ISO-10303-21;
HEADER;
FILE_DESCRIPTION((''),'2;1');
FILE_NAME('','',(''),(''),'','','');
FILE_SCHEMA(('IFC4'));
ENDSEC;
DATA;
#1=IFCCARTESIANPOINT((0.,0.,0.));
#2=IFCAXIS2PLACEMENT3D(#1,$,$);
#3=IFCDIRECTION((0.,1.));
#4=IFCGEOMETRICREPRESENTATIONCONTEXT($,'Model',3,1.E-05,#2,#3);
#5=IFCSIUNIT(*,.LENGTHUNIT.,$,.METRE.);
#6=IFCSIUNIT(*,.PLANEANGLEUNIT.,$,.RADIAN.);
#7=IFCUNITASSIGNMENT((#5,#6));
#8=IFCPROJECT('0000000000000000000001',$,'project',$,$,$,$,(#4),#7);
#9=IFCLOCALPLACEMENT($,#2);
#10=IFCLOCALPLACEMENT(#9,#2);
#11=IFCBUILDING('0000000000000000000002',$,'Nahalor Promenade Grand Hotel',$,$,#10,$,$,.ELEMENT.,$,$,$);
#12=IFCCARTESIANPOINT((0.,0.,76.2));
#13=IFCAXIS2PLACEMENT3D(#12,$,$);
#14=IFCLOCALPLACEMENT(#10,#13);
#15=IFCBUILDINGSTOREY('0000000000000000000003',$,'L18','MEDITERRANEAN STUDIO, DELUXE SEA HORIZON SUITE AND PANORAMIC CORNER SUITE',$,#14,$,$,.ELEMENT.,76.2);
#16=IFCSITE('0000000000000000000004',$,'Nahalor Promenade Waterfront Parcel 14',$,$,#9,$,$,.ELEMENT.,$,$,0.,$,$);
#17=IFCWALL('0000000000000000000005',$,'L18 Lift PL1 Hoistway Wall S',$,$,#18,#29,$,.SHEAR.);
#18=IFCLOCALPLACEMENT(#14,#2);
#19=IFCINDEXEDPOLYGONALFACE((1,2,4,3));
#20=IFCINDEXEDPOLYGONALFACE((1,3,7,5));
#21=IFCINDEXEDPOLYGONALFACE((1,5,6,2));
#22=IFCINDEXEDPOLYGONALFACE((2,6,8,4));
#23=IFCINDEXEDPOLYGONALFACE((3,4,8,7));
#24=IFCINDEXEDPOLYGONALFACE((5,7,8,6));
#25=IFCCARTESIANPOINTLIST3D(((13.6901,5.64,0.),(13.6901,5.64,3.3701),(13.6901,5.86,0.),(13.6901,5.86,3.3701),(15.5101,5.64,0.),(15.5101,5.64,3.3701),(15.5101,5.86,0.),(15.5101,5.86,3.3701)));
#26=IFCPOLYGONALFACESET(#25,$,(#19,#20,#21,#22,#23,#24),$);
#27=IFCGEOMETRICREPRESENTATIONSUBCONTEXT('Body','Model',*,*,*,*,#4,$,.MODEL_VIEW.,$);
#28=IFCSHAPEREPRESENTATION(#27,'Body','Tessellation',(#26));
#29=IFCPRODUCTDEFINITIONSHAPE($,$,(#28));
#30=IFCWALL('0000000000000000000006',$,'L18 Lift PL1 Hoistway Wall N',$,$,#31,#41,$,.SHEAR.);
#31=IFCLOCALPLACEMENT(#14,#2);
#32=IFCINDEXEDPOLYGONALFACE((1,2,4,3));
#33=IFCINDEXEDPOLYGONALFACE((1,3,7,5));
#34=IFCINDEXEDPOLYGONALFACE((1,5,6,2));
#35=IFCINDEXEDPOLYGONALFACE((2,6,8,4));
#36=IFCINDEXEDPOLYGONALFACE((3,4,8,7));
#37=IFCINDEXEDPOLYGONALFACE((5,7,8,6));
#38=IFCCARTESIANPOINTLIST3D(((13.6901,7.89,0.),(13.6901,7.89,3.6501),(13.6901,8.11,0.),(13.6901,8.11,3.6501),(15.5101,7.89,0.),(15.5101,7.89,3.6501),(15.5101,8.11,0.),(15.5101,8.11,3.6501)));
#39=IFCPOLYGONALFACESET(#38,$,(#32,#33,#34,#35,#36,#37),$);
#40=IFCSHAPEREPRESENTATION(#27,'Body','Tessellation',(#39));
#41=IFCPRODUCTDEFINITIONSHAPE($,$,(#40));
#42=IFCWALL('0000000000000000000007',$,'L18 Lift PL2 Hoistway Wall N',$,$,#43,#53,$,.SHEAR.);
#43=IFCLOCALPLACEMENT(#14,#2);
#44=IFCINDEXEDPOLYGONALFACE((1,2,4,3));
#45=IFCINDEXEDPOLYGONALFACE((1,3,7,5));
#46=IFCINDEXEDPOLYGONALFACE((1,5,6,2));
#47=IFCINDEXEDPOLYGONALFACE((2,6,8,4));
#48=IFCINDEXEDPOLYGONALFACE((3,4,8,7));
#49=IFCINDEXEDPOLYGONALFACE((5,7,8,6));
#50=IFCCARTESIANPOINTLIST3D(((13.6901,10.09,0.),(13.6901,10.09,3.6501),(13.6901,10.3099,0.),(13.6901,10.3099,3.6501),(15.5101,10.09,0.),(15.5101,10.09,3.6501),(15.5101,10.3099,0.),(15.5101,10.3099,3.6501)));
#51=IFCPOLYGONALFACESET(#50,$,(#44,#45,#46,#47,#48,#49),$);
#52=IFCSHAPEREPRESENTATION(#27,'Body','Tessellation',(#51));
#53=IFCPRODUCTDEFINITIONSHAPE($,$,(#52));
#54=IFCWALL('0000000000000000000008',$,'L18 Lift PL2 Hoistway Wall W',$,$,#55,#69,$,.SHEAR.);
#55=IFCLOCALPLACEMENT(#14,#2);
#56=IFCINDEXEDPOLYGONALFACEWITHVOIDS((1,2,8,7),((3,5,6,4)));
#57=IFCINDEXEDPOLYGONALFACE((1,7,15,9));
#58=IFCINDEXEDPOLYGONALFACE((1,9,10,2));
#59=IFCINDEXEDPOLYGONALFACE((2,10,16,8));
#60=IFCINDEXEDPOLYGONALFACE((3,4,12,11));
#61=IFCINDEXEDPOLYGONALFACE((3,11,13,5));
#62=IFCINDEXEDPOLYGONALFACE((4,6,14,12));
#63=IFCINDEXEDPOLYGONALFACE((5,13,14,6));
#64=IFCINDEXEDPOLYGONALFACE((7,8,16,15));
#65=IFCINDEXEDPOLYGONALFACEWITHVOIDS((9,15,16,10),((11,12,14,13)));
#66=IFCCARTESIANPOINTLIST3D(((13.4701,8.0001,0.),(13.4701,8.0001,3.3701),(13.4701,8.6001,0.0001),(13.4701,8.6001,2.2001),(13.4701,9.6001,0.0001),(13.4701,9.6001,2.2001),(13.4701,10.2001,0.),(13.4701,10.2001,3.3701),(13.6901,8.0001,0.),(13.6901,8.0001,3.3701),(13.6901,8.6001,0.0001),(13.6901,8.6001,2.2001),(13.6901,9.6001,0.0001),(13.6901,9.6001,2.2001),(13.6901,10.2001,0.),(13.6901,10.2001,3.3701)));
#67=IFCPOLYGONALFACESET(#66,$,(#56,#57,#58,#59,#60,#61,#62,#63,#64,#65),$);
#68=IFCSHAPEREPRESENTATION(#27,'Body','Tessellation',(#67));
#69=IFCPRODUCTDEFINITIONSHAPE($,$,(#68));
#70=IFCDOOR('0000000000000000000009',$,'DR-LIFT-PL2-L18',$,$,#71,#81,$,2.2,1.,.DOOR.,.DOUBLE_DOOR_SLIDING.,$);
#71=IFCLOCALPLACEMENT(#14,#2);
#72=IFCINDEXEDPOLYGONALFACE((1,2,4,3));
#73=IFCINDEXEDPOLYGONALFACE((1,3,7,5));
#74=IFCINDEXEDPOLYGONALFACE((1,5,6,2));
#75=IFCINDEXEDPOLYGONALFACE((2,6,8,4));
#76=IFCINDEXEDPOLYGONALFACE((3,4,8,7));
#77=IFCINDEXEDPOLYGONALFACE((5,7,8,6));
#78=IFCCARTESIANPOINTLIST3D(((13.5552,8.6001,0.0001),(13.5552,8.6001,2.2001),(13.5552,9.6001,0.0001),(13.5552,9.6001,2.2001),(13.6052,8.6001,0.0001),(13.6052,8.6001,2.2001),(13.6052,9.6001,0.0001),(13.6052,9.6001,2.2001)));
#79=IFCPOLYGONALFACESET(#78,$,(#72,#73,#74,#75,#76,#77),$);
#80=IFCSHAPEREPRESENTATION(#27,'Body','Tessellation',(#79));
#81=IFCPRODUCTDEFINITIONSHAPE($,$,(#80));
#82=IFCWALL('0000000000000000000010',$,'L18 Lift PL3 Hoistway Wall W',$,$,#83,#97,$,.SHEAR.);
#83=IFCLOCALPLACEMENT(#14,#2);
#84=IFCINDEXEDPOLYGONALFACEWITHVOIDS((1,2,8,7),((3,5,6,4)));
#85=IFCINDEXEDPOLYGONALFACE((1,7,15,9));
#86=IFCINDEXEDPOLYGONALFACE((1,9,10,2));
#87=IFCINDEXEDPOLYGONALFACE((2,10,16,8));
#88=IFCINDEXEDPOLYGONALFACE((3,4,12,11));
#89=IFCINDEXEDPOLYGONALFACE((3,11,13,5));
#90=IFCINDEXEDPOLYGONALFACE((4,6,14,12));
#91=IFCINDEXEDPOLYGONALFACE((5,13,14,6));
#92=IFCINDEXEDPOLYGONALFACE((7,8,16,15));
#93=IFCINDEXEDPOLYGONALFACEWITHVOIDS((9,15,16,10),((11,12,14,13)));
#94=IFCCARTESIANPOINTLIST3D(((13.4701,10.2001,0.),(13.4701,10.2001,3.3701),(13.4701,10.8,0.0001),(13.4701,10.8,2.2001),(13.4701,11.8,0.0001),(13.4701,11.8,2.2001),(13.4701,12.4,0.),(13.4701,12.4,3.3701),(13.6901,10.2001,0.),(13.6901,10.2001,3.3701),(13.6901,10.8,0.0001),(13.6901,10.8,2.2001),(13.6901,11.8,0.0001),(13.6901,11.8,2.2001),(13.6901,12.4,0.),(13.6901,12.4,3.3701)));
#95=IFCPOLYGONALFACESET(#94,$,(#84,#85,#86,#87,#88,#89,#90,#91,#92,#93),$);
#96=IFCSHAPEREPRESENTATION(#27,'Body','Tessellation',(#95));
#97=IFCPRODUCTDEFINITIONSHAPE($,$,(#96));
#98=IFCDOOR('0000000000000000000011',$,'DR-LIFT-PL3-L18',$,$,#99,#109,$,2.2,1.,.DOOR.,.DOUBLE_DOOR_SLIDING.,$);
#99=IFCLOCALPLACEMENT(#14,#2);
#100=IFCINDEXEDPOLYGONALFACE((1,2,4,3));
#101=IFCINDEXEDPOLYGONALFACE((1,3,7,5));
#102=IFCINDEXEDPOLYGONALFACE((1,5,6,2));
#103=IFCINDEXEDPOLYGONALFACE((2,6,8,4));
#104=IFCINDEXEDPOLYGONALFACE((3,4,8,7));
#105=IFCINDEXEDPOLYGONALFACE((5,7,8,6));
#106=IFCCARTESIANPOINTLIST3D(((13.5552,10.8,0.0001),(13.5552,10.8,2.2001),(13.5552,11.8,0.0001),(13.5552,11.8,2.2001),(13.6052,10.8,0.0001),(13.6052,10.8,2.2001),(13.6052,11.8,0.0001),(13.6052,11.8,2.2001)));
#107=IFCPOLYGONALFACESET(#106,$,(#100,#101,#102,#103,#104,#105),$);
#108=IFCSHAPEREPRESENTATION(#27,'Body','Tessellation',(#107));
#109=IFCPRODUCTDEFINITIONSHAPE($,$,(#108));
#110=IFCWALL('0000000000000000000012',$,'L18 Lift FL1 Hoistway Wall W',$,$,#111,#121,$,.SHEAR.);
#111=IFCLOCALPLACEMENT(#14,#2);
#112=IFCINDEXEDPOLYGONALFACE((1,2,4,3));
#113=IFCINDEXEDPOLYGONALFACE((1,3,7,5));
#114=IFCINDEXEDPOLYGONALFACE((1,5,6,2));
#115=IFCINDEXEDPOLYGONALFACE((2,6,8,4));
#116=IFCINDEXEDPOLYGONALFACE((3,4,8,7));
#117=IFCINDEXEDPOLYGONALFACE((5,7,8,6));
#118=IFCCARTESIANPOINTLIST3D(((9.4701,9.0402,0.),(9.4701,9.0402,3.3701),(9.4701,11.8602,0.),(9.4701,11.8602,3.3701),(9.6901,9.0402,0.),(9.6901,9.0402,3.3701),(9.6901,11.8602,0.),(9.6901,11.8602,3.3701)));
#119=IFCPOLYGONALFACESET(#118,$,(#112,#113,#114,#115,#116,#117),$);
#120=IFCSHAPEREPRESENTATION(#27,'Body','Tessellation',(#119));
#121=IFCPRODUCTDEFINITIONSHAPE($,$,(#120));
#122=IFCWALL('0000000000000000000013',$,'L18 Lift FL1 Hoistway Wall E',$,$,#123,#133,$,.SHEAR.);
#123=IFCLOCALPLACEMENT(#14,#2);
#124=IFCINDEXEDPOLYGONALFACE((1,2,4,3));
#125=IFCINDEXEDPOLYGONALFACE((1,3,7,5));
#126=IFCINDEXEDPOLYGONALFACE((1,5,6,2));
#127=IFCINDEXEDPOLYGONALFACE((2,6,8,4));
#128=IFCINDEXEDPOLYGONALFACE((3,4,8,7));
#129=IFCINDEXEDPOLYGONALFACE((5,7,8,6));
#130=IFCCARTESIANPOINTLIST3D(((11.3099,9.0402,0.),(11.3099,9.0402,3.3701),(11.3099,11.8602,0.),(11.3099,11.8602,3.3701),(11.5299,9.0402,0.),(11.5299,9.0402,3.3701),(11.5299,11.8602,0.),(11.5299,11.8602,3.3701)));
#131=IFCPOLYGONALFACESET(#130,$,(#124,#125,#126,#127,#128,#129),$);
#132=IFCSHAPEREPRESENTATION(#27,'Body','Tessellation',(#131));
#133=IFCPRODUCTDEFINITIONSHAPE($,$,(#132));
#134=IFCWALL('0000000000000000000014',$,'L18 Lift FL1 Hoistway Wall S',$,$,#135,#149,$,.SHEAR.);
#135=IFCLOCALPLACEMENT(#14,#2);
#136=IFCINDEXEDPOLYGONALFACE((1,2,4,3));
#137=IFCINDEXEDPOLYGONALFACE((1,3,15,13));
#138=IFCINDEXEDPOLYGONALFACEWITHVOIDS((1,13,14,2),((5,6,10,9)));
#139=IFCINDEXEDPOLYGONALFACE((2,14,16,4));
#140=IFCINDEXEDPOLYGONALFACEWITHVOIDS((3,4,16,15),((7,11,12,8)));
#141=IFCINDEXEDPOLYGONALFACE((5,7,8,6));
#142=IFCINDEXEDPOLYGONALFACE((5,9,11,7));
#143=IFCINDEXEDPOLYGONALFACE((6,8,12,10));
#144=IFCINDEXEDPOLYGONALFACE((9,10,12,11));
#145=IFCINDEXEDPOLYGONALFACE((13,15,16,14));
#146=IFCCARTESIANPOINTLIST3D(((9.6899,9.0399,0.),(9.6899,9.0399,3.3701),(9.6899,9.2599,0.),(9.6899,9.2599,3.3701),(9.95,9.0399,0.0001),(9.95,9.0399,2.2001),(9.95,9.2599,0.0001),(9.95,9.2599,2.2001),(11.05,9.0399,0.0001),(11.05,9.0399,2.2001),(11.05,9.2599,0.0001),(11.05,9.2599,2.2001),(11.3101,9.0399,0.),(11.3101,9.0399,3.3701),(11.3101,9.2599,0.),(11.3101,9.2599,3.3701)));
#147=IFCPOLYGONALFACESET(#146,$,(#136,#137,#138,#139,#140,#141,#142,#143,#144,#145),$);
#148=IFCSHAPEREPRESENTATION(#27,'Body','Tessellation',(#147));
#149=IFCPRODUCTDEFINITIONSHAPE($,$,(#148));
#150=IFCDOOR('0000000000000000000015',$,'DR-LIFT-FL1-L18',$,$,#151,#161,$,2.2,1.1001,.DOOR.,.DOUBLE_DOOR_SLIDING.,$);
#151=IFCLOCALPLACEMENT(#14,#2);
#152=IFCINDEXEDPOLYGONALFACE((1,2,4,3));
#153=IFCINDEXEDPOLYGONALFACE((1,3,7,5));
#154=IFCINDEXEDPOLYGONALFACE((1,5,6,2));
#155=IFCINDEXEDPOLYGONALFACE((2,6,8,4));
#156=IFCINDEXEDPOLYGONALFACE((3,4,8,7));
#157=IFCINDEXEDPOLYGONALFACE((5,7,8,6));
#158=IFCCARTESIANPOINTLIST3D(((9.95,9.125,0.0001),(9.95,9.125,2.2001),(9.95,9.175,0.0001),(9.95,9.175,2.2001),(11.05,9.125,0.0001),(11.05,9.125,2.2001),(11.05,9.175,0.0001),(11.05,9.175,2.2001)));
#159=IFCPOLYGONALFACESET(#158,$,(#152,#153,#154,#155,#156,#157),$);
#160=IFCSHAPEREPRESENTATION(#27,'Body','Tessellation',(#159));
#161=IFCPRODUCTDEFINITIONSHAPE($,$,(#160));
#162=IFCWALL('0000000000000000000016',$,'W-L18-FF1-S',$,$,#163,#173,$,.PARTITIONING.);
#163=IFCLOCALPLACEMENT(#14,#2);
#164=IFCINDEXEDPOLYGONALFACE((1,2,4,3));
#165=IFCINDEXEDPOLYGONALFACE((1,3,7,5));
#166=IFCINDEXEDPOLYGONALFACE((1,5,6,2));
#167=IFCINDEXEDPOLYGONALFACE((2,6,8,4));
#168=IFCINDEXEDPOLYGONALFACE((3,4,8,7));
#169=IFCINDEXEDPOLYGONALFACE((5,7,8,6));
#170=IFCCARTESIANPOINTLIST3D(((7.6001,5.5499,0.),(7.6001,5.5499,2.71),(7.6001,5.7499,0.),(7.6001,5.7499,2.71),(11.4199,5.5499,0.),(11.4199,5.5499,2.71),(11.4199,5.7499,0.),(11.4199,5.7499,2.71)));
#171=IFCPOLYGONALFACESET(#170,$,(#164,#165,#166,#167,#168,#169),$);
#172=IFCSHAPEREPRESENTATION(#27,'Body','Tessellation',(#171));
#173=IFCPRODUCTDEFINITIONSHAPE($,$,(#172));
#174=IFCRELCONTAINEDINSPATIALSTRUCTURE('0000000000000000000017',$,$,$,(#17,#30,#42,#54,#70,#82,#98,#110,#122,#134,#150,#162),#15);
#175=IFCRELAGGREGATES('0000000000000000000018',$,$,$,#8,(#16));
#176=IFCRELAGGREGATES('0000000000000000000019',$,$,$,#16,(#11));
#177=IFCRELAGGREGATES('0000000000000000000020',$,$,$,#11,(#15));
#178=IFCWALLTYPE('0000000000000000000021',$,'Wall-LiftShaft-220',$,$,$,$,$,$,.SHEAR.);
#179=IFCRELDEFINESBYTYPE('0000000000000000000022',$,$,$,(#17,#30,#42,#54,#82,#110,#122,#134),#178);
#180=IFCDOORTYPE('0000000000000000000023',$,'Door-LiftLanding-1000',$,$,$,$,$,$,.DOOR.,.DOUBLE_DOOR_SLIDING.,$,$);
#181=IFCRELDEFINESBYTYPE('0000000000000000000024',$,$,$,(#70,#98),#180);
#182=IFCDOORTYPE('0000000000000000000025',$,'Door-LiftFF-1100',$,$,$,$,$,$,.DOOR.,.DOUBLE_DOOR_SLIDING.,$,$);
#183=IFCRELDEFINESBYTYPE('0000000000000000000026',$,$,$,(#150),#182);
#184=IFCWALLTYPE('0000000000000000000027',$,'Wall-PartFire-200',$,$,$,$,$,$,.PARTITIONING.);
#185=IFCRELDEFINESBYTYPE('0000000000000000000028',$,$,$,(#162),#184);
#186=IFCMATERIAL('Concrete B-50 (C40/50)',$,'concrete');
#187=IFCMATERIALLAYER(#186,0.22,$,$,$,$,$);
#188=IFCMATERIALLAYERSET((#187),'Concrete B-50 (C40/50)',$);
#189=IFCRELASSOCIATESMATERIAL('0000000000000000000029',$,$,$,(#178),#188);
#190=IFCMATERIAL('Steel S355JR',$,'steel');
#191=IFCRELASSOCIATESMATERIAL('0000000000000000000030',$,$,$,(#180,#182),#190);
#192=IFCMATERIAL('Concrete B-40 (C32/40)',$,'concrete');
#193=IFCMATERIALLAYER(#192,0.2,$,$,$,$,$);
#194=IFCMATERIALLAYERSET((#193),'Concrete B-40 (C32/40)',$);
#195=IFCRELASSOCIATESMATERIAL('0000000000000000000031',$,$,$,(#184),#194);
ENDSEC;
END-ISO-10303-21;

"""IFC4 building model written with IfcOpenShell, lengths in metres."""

from ifc_helpers import new_model, si_unit, direction, frame, frame_2d, origin, place, context, subcontext, project, spatial, rectangle, extrude, source, transform, mapped, material, layer, layer_set, type_object, element, fill, save


model = new_model("IFC4")

# Units and contexts
model_context = context("Model", 3, precision=1e-05, world=origin(), true_north=direction((0.0, 1.0)))
body_context = subcontext(model_context, "Body", "Model", "MODEL_VIEW")
ifc_project = project(units=[si_unit("LENGTHUNIT", "METRE"), si_unit("PLANEANGLEUNIT", "RADIAN")], contexts=[model_context])

# Site, building, storey
site_placement = place(None, origin())
site = spatial("IfcSite", under=ifc_project, at=site_placement, Name="Nahalor Promenade Waterfront Parcel 14", CompositionType="ELEMENT", RefElevation=0.0)
building_placement = place(site_placement, origin())
building = spatial("IfcBuilding", under=site, at=building_placement, Name="Nahalor Promenade Grand Hotel", CompositionType="ELEMENT")
storey_placement = place(building_placement, frame((0.0, 0.0, 76.2)))
storey = spatial("IfcBuildingStorey", under=building, at=storey_placement, Name="L18", Description="MEDITERRANEAN STUDIO, DELUXE SEA HORIZON SUITE AND PANORAMIC CORNER SUITE", CompositionType="ELEMENT", Elevation=76.2)

# Shared definitions
ifc_material_1 = material(Name="Steel S355JR", Category="steel")

# Shared definitions
ifc_material_2 = material(Name="Concrete B-50 (C40/50)", Category="concrete")

# Shared definitions
ifc_layer_1 = layer(ifc_material_2, 0.22)
ifc_layer_set_1 = layer_set([ifc_layer_1], Name="Concrete B-50 (C40/50)")
wall_type_1 = type_object("IfcWallType", Name="Wall-LiftShaft-220", PredefinedType="SHEAR", material=ifc_layer_set_1)
door_type_1 = type_object("IfcDoorType", Name="Door-LiftLanding-1000", OperationType="DOUBLE_DOOR_SLIDING", PredefinedType="DOOR", material=ifc_material_1)
shared_shape_1 = source(origin(), body_context, "Body", "SweptSolid", [
    extrude(rectangle(XDim=1.0, YDim=2.2, at=frame_2d((0.5, 1.1001))), frame((0.0, 0.0249, 0.0), z_axis=(0.0, -1.0, 0.0), x_axis=(1.0, 0.0, 0.0)), (0.0, 0.0, 1.0), 0.05),
])

# Walls
shared_shape_2 = source(origin(), body_context, "Body", "SweptSolid", [
    extrude(rectangle(XDim=1.8201, YDim=0.22, at=frame_2d((0.9102, 0.0))), origin(), (0.0, 0.0, 1.0), 3.3701),
])
wall_1_placement = place(storey_placement, frame((13.6899, 5.75, 0.0), z_axis=(0.0, 0.0, 1.0), x_axis=(1.0, 0.0, 0.0)))
element("IfcWall", 1, at=wall_1_placement, inside=storey, type_object=wall_type_1, Name="L18 Lift PL1 Hoistway Wall S", PredefinedType="SHEAR", context=body_context, shape_type="MappedRepresentation", body=[
    mapped(shared_shape_2, transform((0.0, 0.0, 0.0), scale=1.0)),
])
shared_shape_3 = source(origin(), body_context, "Body", "SweptSolid", [
    extrude(rectangle(XDim=1.8201, YDim=0.22, at=frame_2d((0.9102, 0.0))), origin(), (0.0, 0.0, 1.0), 3.6501),
])
for number, where, z_axis, x_axis, name in (
    (2, (13.6899, 8.0, 0.0), (0.0, 0.0, 1.0), (1.0, 0.0, 0.0), "L18 Lift PL1 Hoistway Wall N"),
    (3, (13.6899, 10.2, 0.0), (0.0, 0.0, 1.0), (1.0, 0.0, 0.0), "L18 Lift PL2 Hoistway Wall N"),
):
    element("IfcWall", number, at=place(storey_placement, frame(where, z_axis=z_axis, x_axis=x_axis)), inside=storey, type_object=wall_type_1, Name=name, PredefinedType="SHEAR", context=body_context, shape_type="MappedRepresentation", body=[
        mapped(shared_shape_3, transform((0.0, 0.0, 0.0), scale=1.0)),
    ])

# Walls, openings, doors
shared_shape_4 = source(origin(), body_context, "Body", "SweptSolid", [
    extrude(rectangle(XDim=2.2, YDim=0.22, at=frame_2d((1.1001, 0.0))), origin(), (0.0, 0.0, 1.0), 3.3701),
])
wall_2_placement = place(storey_placement, frame((13.5801, 8.0, 0.0), z_axis=(0.0, 0.0, 1.0), x_axis=(0.0, 1.0, 0.0)))
wall_2 = element("IfcWall", 4, at=wall_2_placement, inside=storey, type_object=wall_type_1, Name="L18 Lift PL2 Hoistway Wall W", PredefinedType="SHEAR", context=body_context, shape_type="MappedRepresentation", body=[
    mapped(shared_shape_4, transform((0.0, 0.0, 0.0), scale=1.0)),
])
opening_1_placement = place(wall_2_placement, frame((0.6001, 0.0, 0.0)))
opening_1 = element("IfcOpeningElement", 5, at=opening_1_placement, cuts=wall_2, PredefinedType="OPENING", context=body_context, shape_type="SweptSolid", body=[
    extrude(rectangle(XDim=1.0, YDim=2.2, at=frame_2d((0.5, 1.1001))), frame((0.0, 0.1199, 0.0), z_axis=(0.0, -1.0, 0.0), x_axis=(1.0, 0.0, 0.0)), (0.0, 0.0, 1.0), 0.24),
])
door_1_placement = place(opening_1_placement, origin())
door_1 = element("IfcDoor", 6, at=door_1_placement, inside=storey, type_object=door_type_1, Name="DR-LIFT-PL2-L18", OperationType="DOUBLE_DOOR_SLIDING", OverallHeight=2.2, OverallWidth=1.0, PredefinedType="DOOR", context=body_context, shape_type="MappedRepresentation", body=[
    mapped(shared_shape_1, transform((0.0, 0.0, 0.0), scale=1.0)),
])
fill(opening_1, door_1)
wall_3_placement = place(storey_placement, frame((13.5801, 10.2, 0.0), z_axis=(0.0, 0.0, 1.0), x_axis=(0.0, 1.0, 0.0)))
wall_3 = element("IfcWall", 7, at=wall_3_placement, inside=storey, type_object=wall_type_1, Name="L18 Lift PL3 Hoistway Wall W", PredefinedType="SHEAR", context=body_context, shape_type="MappedRepresentation", body=[
    mapped(shared_shape_4, transform((0.0, 0.0, 0.0), scale=1.0)),
])
opening_2_placement = place(wall_3_placement, frame((0.6001, 0.0, 0.0)))
opening_2 = element("IfcOpeningElement", 8, at=opening_2_placement, cuts=wall_3, PredefinedType="OPENING", context=body_context, shape_type="SweptSolid", body=[
    extrude(rectangle(XDim=1.0, YDim=2.2, at=frame_2d((0.5, 1.1001))), frame((0.0, 0.1199, 0.0), z_axis=(0.0, -1.0, 0.0), x_axis=(1.0, 0.0, 0.0)), (0.0, 0.0, 1.0), 0.24),
])
door_2_placement = place(opening_2_placement, origin())
door_2 = element("IfcDoor", 9, at=door_2_placement, inside=storey, type_object=door_type_1, Name="DR-LIFT-PL3-L18", OperationType="DOUBLE_DOOR_SLIDING", OverallHeight=2.2, OverallWidth=1.0, PredefinedType="DOOR", context=body_context, shape_type="MappedRepresentation", body=[
    mapped(shared_shape_1, transform((0.0, 0.0, 0.0), scale=1.0)),
])
fill(opening_2, door_2)

# Walls
shared_shape_5 = source(origin(), body_context, "Body", "SweptSolid", [
    extrude(rectangle(XDim=2.8201, YDim=0.22, at=frame_2d((1.4102, 0.0))), origin(), (0.0, 0.0, 1.0), 3.3701),
])
for number, where, z_axis, x_axis, name in (
    (10, (9.5801, 9.04, 0.0), (0.0, 0.0, 1.0), (0.0, 1.0, 0.0), "L18 Lift FL1 Hoistway Wall W"),
    (11, (11.4199, 9.04, 0.0), (0.0, 0.0, 1.0), (0.0, 1.0, 0.0), "L18 Lift FL1 Hoistway Wall E"),
):
    element("IfcWall", number, at=place(storey_placement, frame(where, z_axis=z_axis, x_axis=x_axis)), inside=storey, type_object=wall_type_1, Name=name, PredefinedType="SHEAR", context=body_context, shape_type="MappedRepresentation", body=[
        mapped(shared_shape_5, transform((0.0, 0.0, 0.0), scale=1.0)),
    ])

# Wall, opening, door
shared_shape_6 = source(origin(), body_context, "Body", "SweptSolid", [
    extrude(rectangle(XDim=1.6201, YDim=0.22, at=frame_2d((0.8101, 0.0))), origin(), (0.0, 0.0, 1.0), 3.3701),
])
wall_4_placement = place(storey_placement, frame((9.6899, 9.1499, 0.0), z_axis=(0.0, 0.0, 1.0), x_axis=(1.0, 0.0, 0.0)))
wall_4 = element("IfcWall", 12, at=wall_4_placement, inside=storey, type_object=wall_type_1, Name="L18 Lift FL1 Hoistway Wall S", PredefinedType="SHEAR", context=body_context, shape_type="MappedRepresentation", body=[
    mapped(shared_shape_6, transform((0.0, 0.0, 0.0), scale=1.0)),
])
opening_3_placement = place(wall_4_placement, frame((0.26, 0.0, 0.0)))
opening_3 = element("IfcOpeningElement", 13, at=opening_3_placement, cuts=wall_4, PredefinedType="OPENING", context=body_context, shape_type="SweptSolid", body=[
    extrude(rectangle(XDim=1.1001, YDim=2.2, at=frame_2d((0.55, 1.1001))), frame((0.0, 0.1199, 0.0), z_axis=(0.0, -1.0, 0.0), x_axis=(1.0, 0.0, 0.0)), (0.0, 0.0, 1.0), 0.24),
])
door_type_2 = type_object("IfcDoorType", Name="Door-LiftFF-1100", OperationType="DOUBLE_DOOR_SLIDING", PredefinedType="DOOR", material=ifc_material_1)
shared_shape_7 = source(origin(), body_context, "Body", "SweptSolid", [
    extrude(rectangle(XDim=1.1001, YDim=2.2, at=frame_2d((0.55, 1.1001))), frame((0.0, 0.0249, 0.0), z_axis=(0.0, -1.0, 0.0), x_axis=(1.0, 0.0, 0.0)), (0.0, 0.0, 1.0), 0.05),
])
door_3_placement = place(opening_3_placement, frame((1.1001, 0.0, 0.0), z_axis=(0.0, 0.0, 1.0), x_axis=(-1.0, 0.0, 0.0)))
door_3 = element("IfcDoor", 14, at=door_3_placement, inside=storey, type_object=door_type_2, Name="DR-LIFT-FL1-L18", OperationType="DOUBLE_DOOR_SLIDING", OverallHeight=2.2, OverallWidth=1.1001, PredefinedType="DOOR", context=body_context, shape_type="MappedRepresentation", body=[
    mapped(shared_shape_7, transform((0.0, 0.0, 0.0), scale=1.0)),
])
fill(opening_3, door_3)

# Wall
ifc_material_3 = material(Name="Concrete B-40 (C32/40)", Category="concrete")
ifc_layer_2 = layer(ifc_material_3, 0.2)
ifc_layer_set_2 = layer_set([ifc_layer_2], Name="Concrete B-40 (C32/40)")
wall_type_2 = type_object("IfcWallType", Name="Wall-PartFire-200", PredefinedType="PARTITIONING", material=ifc_layer_set_2)
shared_shape_8 = source(origin(), body_context, "Body", "SweptSolid", [
    extrude(rectangle(XDim=3.8198, YDim=0.2, at=frame_2d((1.9099, 0.0))), origin(), (0.0, 0.0, 1.0), 2.71),
])
wall_5_placement = place(storey_placement, frame((7.6001, 5.6499, 0.0), z_axis=(0.0, 0.0, 1.0), x_axis=(1.0, 0.0, 0.0)))
element("IfcWall", 15, at=wall_5_placement, inside=storey, type_object=wall_type_2, Name="W-L18-FF1-S", PredefinedType="PARTITIONING", context=body_context, shape_type="MappedRepresentation", body=[
    mapped(shared_shape_8, transform((0.0, 0.0, 0.0), scale=1.0)),
])

save(model, "model.ifc")
